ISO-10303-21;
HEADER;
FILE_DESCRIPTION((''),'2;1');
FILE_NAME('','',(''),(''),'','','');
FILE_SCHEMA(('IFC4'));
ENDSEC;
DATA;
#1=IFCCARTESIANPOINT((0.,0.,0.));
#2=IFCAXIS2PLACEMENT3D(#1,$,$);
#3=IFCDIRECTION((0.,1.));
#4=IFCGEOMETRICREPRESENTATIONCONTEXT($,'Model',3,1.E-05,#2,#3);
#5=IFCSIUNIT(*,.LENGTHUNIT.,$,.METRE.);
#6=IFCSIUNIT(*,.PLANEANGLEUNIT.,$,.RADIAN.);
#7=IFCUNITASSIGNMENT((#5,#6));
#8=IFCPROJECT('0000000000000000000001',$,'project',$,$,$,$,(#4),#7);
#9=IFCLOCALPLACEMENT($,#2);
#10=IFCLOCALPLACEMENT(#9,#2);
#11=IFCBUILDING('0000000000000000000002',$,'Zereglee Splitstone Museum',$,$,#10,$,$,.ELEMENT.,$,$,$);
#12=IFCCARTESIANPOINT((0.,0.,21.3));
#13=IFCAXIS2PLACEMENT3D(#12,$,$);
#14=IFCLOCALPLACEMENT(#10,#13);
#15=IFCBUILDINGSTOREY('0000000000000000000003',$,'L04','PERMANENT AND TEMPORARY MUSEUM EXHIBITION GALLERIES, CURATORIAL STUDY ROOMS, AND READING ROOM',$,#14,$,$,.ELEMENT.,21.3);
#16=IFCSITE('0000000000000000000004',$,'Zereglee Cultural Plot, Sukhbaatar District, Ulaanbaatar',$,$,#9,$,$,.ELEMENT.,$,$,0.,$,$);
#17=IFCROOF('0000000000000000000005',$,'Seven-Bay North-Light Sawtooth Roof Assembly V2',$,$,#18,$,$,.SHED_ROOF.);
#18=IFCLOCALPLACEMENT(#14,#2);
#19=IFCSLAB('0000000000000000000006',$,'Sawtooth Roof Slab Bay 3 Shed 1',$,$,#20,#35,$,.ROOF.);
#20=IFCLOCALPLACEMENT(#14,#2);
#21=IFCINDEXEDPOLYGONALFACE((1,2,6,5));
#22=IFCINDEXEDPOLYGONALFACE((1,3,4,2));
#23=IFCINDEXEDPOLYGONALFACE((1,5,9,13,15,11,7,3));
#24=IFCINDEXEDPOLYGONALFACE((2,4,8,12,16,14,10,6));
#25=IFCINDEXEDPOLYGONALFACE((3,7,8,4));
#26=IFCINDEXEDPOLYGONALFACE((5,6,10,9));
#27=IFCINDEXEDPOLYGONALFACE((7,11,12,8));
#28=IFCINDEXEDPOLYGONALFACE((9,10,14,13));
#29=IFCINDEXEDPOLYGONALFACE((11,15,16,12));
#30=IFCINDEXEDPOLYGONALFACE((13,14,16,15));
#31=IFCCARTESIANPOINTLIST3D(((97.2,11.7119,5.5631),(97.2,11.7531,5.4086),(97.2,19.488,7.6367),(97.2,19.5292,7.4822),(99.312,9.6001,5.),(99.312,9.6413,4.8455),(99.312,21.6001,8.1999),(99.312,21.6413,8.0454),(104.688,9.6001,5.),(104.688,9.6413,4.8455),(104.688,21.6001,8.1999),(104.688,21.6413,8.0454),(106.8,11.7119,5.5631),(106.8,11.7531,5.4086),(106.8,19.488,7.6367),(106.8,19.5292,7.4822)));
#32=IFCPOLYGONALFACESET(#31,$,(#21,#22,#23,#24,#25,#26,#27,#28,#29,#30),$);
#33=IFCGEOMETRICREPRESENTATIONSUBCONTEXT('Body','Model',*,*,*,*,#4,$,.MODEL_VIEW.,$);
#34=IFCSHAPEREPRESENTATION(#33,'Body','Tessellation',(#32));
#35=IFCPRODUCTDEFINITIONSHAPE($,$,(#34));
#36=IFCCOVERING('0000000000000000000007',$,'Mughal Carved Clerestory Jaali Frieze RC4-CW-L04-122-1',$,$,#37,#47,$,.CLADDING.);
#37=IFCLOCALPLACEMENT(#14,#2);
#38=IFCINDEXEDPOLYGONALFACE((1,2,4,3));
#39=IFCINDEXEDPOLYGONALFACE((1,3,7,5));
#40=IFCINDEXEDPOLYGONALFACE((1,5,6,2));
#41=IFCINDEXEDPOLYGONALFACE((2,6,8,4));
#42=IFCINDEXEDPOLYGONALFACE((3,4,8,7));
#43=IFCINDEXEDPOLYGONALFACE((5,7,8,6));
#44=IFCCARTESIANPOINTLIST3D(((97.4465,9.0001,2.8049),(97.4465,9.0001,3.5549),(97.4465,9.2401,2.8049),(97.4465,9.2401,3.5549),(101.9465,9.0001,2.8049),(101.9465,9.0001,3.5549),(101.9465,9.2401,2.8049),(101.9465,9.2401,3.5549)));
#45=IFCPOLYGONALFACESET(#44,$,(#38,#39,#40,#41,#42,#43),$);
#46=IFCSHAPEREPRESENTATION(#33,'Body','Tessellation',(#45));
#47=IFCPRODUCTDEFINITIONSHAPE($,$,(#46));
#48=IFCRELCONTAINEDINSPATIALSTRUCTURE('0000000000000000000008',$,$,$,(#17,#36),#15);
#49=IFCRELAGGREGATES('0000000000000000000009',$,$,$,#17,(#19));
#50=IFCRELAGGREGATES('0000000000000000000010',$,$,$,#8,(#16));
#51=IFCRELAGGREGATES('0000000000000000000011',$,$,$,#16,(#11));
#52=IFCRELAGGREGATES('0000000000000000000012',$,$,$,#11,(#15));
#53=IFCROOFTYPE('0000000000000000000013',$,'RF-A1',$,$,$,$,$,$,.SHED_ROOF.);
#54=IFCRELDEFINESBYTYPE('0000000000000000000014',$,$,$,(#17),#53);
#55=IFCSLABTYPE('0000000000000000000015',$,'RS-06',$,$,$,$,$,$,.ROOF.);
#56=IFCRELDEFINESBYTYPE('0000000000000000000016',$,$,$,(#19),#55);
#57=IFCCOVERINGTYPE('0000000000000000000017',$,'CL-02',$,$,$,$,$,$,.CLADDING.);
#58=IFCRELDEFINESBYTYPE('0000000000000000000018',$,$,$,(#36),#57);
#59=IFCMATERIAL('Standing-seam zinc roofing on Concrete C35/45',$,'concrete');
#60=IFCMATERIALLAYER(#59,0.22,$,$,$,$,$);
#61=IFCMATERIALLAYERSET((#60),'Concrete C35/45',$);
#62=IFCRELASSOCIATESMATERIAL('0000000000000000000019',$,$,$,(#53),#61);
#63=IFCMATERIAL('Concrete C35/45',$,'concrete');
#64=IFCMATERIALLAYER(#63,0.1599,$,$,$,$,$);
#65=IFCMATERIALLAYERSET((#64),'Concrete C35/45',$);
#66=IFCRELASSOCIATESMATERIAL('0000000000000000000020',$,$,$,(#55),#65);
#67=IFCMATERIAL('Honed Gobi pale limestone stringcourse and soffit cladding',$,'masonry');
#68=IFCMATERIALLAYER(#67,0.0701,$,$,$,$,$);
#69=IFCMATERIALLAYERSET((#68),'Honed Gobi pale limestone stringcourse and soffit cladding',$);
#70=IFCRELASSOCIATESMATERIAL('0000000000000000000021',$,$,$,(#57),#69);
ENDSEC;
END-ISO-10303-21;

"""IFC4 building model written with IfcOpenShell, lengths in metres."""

from ifc_helpers import new_model, si_unit, direction, frame, origin, origin_2d, place, context, subcontext, project, spatial, polyline, rectangle, outline, extrude, material, layer, layer_set, type_object, element, aggregate, save


model = new_model("IFC4")

# Units and contexts
model_context = context("Model", 3, precision=1e-05, world=origin(), true_north=direction((0.0, 1.0)))
body_context = subcontext(model_context, "Body", "Model", "MODEL_VIEW")
ifc_project = project(units=[si_unit("LENGTHUNIT", "METRE"), si_unit("PLANEANGLEUNIT", "RADIAN")], contexts=[model_context])

# Site, building, storey
site_placement = place(None, origin())
site = spatial("IfcSite", under=ifc_project, at=site_placement, Name="Zereglee Cultural Plot, Sukhbaatar District, Ulaanbaatar", CompositionType="ELEMENT", RefElevation=0.0)
building_placement = place(site_placement, origin())
building = spatial("IfcBuilding", under=site, at=building_placement, Name="Zereglee Splitstone Museum", CompositionType="ELEMENT")
storey_placement = place(building_placement, frame((0.0, 0.0, 21.3)))
storey = spatial("IfcBuildingStorey", under=building, at=storey_placement, Name="L04", Description="PERMANENT AND TEMPORARY MUSEUM EXHIBITION GALLERIES, CURATORIAL STUDY ROOMS, AND READING ROOM", CompositionType="ELEMENT", Elevation=21.3)

# Roof, slab
ifc_material_1 = material(Name="Standing-seam zinc roofing on Concrete C35/45", Category="concrete")
ifc_layer_1 = layer(ifc_material_1, 0.22)
ifc_layer_set_1 = layer_set([ifc_layer_1], Name="Concrete C35/45")
roof_type = type_object("IfcRoofType", Name="RF-A1", PredefinedType="SHED_ROOF", material=ifc_layer_set_1)
roof_placement = place(storey_placement, origin())
roof = element("IfcRoof", 1, at=roof_placement, inside=storey, type_object=roof_type, Name="Seven-Bay North-Light Sawtooth Roof Assembly V2", PredefinedType="SHED_ROOF")
ifc_material_2 = material(Name="Concrete C35/45", Category="concrete")
ifc_layer_2 = layer(ifc_material_2, 0.1599)
ifc_layer_set_2 = layer_set([ifc_layer_2], Name="Concrete C35/45")
slab_type = type_object("IfcSlabType", Name="RS-06", PredefinedType="ROOF", material=ifc_layer_set_2)
slab_placement = place(storey_placement, frame((99.312, 9.6001, 5.0), z_axis=(0.0, -0.257657, 0.966236), x_axis=(1.0, 0.0, 0.0)))
slab = element("IfcSlab", 2, at=slab_placement, type_object=slab_type, Name="Sawtooth Roof Slab Bay 3 Shed 1", PredefinedType="ROOF", context=body_context, shape_type="SweptSolid", body=[
    extrude(outline(polyline([(0.0, 0.0), (5.376, 0.0), (7.488, 2.1856), (7.488, 10.2335), (5.376, 12.4193), (0.0, 12.4193), (-2.1121, 10.2335), (-2.1121, 2.1856), (0.0, 0.0)])), origin(), (0.0, 0.0, -1.0), 0.1599),
])
aggregate(roof, [slab])

# Covering
ifc_material_3 = material(Name="Honed Gobi pale limestone stringcourse and soffit cladding", Category="masonry")
ifc_layer_3 = layer(ifc_material_3, 0.0701)
ifc_layer_set_3 = layer_set([ifc_layer_3], Name="Honed Gobi pale limestone stringcourse and soffit cladding")
covering_type = type_object("IfcCoveringType", Name="CL-02", PredefinedType="CLADDING", material=ifc_layer_set_3)
covering_placement = place(storey_placement, frame((99.6965, 9.1201, 2.8049), z_axis=(0.0, 0.0, 1.0), x_axis=(1.0, 0.0, 0.0)))
element("IfcCovering", 3, at=covering_placement, inside=storey, type_object=covering_type, Name="Mughal Carved Clerestory Jaali Frieze RC4-CW-L04-122-1", PredefinedType="CLADDING", context=body_context, shape_type="SweptSolid", body=[
    extrude(rectangle(XDim=4.5, YDim=0.24, at=origin_2d()), origin(), (0.0, 0.0, 1.0), 0.75),
])

save(model, "model.ifc")
